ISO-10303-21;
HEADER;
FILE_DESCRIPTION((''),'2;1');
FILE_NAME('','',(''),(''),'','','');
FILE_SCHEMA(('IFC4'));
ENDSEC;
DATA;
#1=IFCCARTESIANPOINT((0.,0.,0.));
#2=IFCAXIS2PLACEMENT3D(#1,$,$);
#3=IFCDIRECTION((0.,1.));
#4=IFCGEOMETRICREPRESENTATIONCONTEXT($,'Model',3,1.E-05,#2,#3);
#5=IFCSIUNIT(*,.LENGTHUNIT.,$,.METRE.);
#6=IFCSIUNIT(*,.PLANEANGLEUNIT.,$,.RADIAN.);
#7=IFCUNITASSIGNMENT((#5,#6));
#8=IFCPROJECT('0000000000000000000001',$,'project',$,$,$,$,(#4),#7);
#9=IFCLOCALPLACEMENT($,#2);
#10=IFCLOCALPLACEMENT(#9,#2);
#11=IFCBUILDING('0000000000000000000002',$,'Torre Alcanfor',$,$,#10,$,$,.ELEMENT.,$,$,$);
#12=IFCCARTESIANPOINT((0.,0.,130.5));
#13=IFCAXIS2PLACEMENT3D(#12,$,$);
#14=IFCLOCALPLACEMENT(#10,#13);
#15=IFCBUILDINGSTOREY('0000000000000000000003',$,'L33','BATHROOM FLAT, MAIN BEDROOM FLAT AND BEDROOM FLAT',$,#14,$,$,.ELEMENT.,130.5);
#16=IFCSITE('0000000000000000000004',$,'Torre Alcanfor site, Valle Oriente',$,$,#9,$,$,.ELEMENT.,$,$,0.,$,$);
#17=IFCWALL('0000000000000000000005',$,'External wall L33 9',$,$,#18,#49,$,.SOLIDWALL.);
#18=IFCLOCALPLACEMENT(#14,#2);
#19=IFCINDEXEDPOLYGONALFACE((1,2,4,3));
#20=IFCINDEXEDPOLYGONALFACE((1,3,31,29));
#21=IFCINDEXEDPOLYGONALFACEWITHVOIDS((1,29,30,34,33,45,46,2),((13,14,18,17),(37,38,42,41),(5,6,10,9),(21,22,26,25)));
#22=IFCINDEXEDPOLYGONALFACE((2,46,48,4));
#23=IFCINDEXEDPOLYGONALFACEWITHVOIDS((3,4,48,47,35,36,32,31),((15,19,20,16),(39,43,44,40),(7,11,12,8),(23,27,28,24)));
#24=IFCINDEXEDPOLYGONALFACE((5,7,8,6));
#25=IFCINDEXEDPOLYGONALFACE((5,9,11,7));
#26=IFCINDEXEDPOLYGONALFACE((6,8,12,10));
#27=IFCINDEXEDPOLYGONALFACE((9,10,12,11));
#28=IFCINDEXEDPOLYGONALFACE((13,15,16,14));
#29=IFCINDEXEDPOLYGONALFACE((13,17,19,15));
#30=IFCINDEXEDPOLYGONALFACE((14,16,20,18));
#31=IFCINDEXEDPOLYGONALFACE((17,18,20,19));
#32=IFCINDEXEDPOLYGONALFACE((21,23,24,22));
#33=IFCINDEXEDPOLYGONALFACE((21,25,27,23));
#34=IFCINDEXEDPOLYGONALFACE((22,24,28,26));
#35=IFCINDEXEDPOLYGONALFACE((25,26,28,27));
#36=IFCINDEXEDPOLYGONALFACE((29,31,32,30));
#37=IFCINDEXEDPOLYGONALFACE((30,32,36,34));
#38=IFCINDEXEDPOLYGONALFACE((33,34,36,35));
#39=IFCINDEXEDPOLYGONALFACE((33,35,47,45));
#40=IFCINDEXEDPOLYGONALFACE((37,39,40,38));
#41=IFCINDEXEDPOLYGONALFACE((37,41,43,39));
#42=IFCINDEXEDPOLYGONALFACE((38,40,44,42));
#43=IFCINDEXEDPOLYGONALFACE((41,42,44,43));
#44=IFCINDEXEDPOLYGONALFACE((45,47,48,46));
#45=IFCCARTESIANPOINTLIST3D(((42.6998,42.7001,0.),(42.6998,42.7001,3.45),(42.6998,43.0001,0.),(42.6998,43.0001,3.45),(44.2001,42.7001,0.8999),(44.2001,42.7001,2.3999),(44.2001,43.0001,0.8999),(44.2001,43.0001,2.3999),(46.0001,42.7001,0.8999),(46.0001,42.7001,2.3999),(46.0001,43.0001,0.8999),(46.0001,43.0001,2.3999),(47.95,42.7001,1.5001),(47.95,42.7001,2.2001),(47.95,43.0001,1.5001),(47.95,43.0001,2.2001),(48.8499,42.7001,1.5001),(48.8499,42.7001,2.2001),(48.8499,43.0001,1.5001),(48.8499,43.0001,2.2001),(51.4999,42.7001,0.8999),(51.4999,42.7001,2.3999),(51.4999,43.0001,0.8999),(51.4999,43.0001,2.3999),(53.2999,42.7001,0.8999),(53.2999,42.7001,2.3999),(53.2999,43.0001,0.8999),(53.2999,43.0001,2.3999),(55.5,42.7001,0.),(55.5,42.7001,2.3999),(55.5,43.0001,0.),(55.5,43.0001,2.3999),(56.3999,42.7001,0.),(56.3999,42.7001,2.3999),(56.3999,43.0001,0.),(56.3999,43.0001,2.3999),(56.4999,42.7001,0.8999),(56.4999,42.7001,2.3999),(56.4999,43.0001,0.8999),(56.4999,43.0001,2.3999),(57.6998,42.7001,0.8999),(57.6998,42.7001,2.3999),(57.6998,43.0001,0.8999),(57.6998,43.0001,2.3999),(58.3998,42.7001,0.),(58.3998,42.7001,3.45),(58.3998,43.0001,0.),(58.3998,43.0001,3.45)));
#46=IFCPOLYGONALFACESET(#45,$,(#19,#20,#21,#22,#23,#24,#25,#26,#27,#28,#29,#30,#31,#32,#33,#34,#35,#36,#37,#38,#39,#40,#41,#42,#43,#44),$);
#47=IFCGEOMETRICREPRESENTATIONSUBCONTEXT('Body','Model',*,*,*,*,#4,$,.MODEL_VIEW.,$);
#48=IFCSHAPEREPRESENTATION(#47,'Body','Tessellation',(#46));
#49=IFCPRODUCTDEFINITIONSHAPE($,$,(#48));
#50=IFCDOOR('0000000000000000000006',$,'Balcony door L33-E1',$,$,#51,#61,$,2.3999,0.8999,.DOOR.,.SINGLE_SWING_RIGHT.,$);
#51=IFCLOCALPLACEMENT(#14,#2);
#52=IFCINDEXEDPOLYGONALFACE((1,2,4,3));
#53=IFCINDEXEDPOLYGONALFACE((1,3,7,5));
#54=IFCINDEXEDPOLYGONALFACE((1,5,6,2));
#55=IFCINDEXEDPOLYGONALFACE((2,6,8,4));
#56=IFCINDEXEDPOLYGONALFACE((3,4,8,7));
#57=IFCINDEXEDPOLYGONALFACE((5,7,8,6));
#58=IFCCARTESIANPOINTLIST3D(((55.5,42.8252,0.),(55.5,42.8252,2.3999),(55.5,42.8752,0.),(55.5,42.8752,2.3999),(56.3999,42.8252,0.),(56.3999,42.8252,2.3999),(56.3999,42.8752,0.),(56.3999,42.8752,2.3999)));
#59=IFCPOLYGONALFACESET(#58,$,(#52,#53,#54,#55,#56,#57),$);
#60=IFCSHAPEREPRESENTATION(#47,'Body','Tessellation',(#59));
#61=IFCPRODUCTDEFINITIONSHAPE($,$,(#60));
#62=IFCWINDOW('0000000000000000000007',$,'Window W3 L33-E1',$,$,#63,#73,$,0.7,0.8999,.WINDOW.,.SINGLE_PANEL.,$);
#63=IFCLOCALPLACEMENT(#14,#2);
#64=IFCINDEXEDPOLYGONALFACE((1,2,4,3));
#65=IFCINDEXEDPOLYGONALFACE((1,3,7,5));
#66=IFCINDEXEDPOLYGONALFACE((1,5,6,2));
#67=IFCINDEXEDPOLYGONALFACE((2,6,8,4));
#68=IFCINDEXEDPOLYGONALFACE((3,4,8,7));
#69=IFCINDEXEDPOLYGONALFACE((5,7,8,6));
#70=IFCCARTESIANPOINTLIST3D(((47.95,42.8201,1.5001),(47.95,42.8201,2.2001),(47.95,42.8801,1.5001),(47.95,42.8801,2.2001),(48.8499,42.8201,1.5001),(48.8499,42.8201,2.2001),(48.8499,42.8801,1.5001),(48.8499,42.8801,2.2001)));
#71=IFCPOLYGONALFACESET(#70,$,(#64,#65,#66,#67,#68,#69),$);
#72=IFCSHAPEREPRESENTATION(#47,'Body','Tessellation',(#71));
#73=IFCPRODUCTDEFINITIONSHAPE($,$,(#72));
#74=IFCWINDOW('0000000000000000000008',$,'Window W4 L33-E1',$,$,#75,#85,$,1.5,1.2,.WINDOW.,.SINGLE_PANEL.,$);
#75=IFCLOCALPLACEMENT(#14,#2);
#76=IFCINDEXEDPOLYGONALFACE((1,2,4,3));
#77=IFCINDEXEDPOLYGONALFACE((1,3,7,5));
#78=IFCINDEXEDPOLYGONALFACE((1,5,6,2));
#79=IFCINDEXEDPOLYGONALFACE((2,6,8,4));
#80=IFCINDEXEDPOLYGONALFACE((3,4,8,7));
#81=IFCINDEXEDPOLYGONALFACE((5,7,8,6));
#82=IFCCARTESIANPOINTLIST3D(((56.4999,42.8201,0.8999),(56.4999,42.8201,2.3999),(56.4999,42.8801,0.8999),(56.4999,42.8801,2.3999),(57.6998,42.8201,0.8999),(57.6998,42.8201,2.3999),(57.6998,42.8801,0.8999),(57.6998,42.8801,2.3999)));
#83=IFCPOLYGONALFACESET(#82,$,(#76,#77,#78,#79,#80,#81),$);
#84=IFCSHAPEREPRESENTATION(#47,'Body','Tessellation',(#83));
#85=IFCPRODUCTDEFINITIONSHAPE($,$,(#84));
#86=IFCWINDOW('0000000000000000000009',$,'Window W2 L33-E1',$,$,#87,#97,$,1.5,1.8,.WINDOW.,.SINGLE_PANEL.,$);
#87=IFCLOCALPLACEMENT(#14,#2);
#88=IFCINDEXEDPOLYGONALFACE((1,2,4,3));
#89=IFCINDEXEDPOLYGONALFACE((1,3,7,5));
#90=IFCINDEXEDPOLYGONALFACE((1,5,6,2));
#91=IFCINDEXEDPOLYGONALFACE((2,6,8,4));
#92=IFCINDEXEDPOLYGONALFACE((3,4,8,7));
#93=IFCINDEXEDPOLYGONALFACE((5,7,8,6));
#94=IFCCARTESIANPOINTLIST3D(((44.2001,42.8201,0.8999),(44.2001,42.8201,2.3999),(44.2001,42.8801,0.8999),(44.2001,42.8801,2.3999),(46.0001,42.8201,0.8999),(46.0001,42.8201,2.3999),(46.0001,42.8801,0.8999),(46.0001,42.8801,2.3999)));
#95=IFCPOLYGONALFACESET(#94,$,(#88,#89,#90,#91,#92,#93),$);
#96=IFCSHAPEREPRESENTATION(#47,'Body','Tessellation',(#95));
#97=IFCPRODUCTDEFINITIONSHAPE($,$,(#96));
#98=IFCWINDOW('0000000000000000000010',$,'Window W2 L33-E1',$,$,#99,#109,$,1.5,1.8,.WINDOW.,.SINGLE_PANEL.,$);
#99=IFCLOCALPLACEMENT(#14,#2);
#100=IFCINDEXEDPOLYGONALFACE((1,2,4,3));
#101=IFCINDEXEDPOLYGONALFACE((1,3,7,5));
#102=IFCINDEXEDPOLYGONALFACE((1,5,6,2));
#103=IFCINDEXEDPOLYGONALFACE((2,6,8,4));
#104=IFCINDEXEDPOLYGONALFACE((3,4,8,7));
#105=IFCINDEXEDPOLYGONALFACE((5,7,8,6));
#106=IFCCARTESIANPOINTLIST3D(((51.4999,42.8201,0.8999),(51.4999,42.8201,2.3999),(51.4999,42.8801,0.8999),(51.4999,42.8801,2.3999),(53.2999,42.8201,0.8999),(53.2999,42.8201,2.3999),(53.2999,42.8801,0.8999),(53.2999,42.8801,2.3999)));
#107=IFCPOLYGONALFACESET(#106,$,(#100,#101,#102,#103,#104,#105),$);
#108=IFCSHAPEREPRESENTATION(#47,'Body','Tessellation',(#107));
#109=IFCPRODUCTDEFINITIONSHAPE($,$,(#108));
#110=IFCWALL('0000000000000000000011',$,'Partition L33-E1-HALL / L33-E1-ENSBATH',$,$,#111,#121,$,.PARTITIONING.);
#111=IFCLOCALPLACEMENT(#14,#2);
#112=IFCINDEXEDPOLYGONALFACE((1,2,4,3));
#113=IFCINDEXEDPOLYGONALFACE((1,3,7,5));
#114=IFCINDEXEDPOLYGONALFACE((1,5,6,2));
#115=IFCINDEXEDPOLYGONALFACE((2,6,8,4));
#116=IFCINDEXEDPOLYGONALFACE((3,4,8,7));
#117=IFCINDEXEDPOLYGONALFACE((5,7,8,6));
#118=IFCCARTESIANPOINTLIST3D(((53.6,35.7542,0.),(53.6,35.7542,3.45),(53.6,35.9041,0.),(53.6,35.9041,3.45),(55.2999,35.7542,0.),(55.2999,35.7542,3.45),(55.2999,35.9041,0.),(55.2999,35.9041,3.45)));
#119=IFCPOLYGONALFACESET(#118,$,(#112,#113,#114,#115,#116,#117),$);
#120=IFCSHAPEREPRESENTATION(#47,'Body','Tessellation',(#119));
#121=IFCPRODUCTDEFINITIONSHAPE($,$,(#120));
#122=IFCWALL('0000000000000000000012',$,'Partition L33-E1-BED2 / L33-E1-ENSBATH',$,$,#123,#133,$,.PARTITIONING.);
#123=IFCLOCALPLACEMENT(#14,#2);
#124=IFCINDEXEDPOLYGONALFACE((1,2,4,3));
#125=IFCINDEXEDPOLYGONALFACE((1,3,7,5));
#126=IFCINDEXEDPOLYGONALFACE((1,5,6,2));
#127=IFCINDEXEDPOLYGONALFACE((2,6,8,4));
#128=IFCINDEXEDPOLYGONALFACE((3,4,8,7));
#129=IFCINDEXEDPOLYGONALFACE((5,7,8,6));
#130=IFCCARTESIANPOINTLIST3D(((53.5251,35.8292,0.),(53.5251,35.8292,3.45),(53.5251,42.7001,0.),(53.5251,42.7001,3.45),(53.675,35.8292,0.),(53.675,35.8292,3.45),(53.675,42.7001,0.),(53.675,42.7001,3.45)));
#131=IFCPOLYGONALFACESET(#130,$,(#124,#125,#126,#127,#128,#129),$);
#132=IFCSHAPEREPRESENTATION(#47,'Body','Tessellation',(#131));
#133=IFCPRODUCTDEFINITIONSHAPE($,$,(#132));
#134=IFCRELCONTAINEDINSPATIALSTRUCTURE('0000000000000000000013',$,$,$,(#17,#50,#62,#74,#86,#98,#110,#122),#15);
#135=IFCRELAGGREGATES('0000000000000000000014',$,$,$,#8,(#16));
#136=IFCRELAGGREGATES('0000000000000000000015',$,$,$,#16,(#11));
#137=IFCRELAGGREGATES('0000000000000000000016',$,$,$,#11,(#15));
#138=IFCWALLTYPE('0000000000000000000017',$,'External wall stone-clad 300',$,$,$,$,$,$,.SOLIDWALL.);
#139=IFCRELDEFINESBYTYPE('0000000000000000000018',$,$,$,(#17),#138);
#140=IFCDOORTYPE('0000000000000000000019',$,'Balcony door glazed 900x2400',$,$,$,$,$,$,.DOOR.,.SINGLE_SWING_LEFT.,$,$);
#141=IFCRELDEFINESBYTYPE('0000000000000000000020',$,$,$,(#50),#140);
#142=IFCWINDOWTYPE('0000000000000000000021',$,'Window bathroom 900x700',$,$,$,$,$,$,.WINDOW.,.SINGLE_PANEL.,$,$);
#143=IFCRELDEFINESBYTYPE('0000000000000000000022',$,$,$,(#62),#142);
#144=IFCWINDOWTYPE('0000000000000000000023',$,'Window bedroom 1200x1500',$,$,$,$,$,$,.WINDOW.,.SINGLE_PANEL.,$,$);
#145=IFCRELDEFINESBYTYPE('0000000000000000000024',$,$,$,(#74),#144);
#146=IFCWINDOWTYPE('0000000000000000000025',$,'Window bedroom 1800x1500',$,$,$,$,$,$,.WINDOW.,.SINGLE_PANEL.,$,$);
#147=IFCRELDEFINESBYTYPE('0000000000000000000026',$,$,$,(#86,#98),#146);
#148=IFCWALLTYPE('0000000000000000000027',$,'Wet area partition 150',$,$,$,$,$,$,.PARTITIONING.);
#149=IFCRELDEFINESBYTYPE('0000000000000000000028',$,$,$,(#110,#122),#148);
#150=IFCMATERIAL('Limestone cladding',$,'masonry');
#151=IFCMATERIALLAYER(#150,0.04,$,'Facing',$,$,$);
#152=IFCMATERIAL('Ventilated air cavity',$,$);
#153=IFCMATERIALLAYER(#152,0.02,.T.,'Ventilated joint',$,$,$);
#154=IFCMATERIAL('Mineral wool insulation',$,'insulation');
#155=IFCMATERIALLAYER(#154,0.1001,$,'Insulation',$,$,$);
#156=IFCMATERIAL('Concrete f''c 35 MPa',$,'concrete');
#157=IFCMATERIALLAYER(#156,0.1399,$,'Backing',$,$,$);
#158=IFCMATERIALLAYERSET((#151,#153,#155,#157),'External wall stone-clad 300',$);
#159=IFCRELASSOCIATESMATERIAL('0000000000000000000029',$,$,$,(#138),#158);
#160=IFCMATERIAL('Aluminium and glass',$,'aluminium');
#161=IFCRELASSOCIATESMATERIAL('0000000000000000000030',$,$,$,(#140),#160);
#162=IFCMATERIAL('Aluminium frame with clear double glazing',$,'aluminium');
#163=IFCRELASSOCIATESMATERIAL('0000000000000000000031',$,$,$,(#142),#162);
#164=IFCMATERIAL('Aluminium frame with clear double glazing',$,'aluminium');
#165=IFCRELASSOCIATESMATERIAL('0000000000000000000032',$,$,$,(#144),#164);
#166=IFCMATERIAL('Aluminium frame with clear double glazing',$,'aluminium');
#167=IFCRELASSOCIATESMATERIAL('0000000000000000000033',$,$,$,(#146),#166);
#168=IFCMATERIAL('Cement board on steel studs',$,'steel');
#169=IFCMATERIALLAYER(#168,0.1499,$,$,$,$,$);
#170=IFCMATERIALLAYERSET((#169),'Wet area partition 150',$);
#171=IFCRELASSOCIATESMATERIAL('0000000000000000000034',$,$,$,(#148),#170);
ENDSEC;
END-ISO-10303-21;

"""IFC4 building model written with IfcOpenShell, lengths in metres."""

from ifc_helpers import new_model, si_unit, direction, frame, frame_2d, origin, place, context, subcontext, project, spatial, rectangle, extrude, material, layer, layer_set, type_object, element, fill, save


model = new_model("IFC4")

# Units and contexts
model_context = context("Model", 3, precision=1e-05, world=origin(), true_north=direction((0.0, 1.0)))
body_context = subcontext(model_context, "Body", "Model", "MODEL_VIEW")
ifc_project = project(units=[si_unit("LENGTHUNIT", "METRE"), si_unit("PLANEANGLEUNIT", "RADIAN")], contexts=[model_context])

# Site, building, storey
site_placement = place(None, origin())
site = spatial("IfcSite", under=ifc_project, at=site_placement, Name="Torre Alcanfor site, Valle Oriente", CompositionType="ELEMENT", RefElevation=0.0)
building_placement = place(site_placement, origin())
building = spatial("IfcBuilding", under=site, at=building_placement, Name="Torre Alcanfor", CompositionType="ELEMENT")
storey_placement = place(building_placement, frame((0.0, 0.0, 130.5)))
storey = spatial("IfcBuildingStorey", under=building, at=storey_placement, Name="L33", Description="BATHROOM FLAT, MAIN BEDROOM FLAT AND BEDROOM FLAT", CompositionType="ELEMENT", Elevation=130.5)

# Wall, openings, door, windows
ifc_material_1 = material(Name="Limestone cladding", Category="masonry")
ifc_layer_1 = layer(ifc_material_1, 0.04, Name="Facing")
ifc_material_2 = material(Name="Ventilated air cavity")
ifc_layer_2 = layer(ifc_material_2, 0.02, ventilated=True, Name="Ventilated joint")
ifc_material_3 = material(Name="Mineral wool insulation", Category="insulation")
ifc_layer_3 = layer(ifc_material_3, 0.1001, Name="Insulation")
ifc_material_4 = material(Name="Concrete f'c 35 MPa", Category="concrete")
ifc_layer_4 = layer(ifc_material_4, 0.1399, Name="Backing")
ifc_layer_set_1 = layer_set([ifc_layer_1, ifc_layer_2, ifc_layer_3, ifc_layer_4], Name="External wall stone-clad 300")
wall_type_1 = type_object("IfcWallType", Name="External wall stone-clad 300", PredefinedType="SOLIDWALL", material=ifc_layer_set_1)
wall_1_placement = place(storey_placement, frame((58.3999, 42.8501, 0.0), z_axis=(0.0, 0.0, 1.0), x_axis=(-1.0, 0.0, 0.0)))
wall_1 = element("IfcWall", 1, at=wall_1_placement, inside=storey, type_object=wall_type_1, Name="External wall L33 9", PredefinedType="SOLIDWALL", context=body_context, shape_type="SweptSolid", body=[
    extrude(rectangle(XDim=15.7, YDim=0.3, at=frame_2d((7.8501, 0.0))), origin(), (0.0, 0.0, 1.0), 3.45),
])
opening_1_placement = place(wall_1_placement, frame((12.3999, 0.0, 0.8999)))
opening_1 = element("IfcOpeningElement", 2, at=opening_1_placement, cuts=wall_1, PredefinedType="OPENING", context=body_context, shape_type="SweptSolid", body=[
    extrude(rectangle(XDim=1.8, YDim=1.5, at=frame_2d((0.8999, 0.75))), frame((0.0, 0.1599, 0.0), z_axis=(0.0, -1.0, 0.0), x_axis=(1.0, 0.0, 0.0)), (0.0, 0.0, 1.0), 0.3201),
])
opening_2_placement = place(wall_1_placement, frame((9.55, 0.0, 1.5)))
opening_2 = element("IfcOpeningElement", 3, at=opening_2_placement, cuts=wall_1, PredefinedType="OPENING", context=body_context, shape_type="SweptSolid", body=[
    extrude(rectangle(XDim=0.8999, YDim=0.7, at=frame_2d((0.45, 0.3501))), frame((0.0, 0.1599, 0.0), z_axis=(0.0, -1.0, 0.0), x_axis=(1.0, 0.0, 0.0)), (0.0, 0.0, 1.0), 0.3201),
])
opening_3_placement = place(wall_1_placement, frame((5.1001, 0.0, 0.8999)))
opening_3 = element("IfcOpeningElement", 4, at=opening_3_placement, cuts=wall_1, PredefinedType="OPENING", context=body_context, shape_type="SweptSolid", body=[
    extrude(rectangle(XDim=1.8, YDim=1.5, at=frame_2d((0.8999, 0.75))), frame((0.0, 0.1599, 0.0), z_axis=(0.0, -1.0, 0.0), x_axis=(1.0, 0.0, 0.0)), (0.0, 0.0, 1.0), 0.3201),
])
opening_4_placement = place(wall_1_placement, frame((2.0, 0.0, 0.0)))
opening_4 = element("IfcOpeningElement", 5, at=opening_4_placement, cuts=wall_1, PredefinedType="OPENING", context=body_context, shape_type="SweptSolid", body=[
    extrude(rectangle(XDim=0.8999, YDim=2.3999, at=frame_2d((0.45, 1.2))), frame((0.0, 0.1599, 0.0), z_axis=(0.0, -1.0, 0.0), x_axis=(1.0, 0.0, 0.0)), (0.0, 0.0, 1.0), 0.3201),
])
opening_5_placement = place(wall_1_placement, frame((0.7, 0.0, 0.8999)))
opening_5 = element("IfcOpeningElement", 6, at=opening_5_placement, cuts=wall_1, PredefinedType="OPENING", context=body_context, shape_type="SweptSolid", body=[
    extrude(rectangle(XDim=1.2, YDim=1.5, at=frame_2d((0.6001, 0.75))), frame((0.0, 0.1599, 0.0), z_axis=(0.0, -1.0, 0.0), x_axis=(1.0, 0.0, 0.0)), (0.0, 0.0, 1.0), 0.3201),
])
ifc_material_5 = material(Name="Aluminium and glass", Category="aluminium")
door_type_1 = type_object("IfcDoorType", Name="Balcony door glazed 900x2400", OperationType="SINGLE_SWING_LEFT", PredefinedType="DOOR", material=ifc_material_5)
door_1_placement = place(opening_4_placement, origin())
door_1 = element("IfcDoor", 7, at=door_1_placement, inside=storey, type_object=door_type_1, Name="Balcony door L33-E1", OperationType="SINGLE_SWING_RIGHT", OverallHeight=2.3999, OverallWidth=0.8999, PredefinedType="DOOR", context=body_context, shape_type="SweptSolid", body=[
    extrude(rectangle(XDim=0.8999, YDim=2.3999, at=frame_2d((0.45, 1.2))), frame((0.0, 0.0249, 0.0), z_axis=(0.0, -1.0, 0.0), x_axis=(1.0, 0.0, 0.0)), (0.0, 0.0, 1.0), 0.05),
])
fill(opening_4, door_1)
ifc_material_6 = material(Name="Aluminium frame with clear double glazing", Category="aluminium")
window_type_1 = type_object("IfcWindowType", Name="Window bathroom 900x700", PartitioningType="SINGLE_PANEL", PredefinedType="WINDOW", material=ifc_material_6)
window_1_placement = place(opening_2_placement, origin())
window_1 = element("IfcWindow", 8, at=window_1_placement, inside=storey, type_object=window_type_1, Name="Window W3 L33-E1", OverallHeight=0.7, OverallWidth=0.8999, PartitioningType="SINGLE_PANEL", PredefinedType="WINDOW", context=body_context, shape_type="SweptSolid", body=[
    extrude(rectangle(XDim=0.8999, YDim=0.7, at=frame_2d((0.45, 0.3501))), frame((0.0, 0.03, 0.0), z_axis=(0.0, -1.0, 0.0), x_axis=(1.0, 0.0, 0.0)), (0.0, 0.0, 1.0), 0.0601),
])
fill(opening_2, window_1)
ifc_material_7 = material(Name="Aluminium frame with clear double glazing", Category="aluminium")
window_type_2 = type_object("IfcWindowType", Name="Window bedroom 1200x1500", PartitioningType="SINGLE_PANEL", PredefinedType="WINDOW", material=ifc_material_7)
window_2_placement = place(opening_5_placement, origin())
window_2 = element("IfcWindow", 9, at=window_2_placement, inside=storey, type_object=window_type_2, Name="Window W4 L33-E1", OverallHeight=1.5, OverallWidth=1.2, PartitioningType="SINGLE_PANEL", PredefinedType="WINDOW", context=body_context, shape_type="SweptSolid", body=[
    extrude(rectangle(XDim=1.2, YDim=1.5, at=frame_2d((0.6001, 0.75))), frame((0.0, 0.03, 0.0), z_axis=(0.0, -1.0, 0.0), x_axis=(1.0, 0.0, 0.0)), (0.0, 0.0, 1.0), 0.0601),
])
fill(opening_5, window_2)
ifc_material_8 = material(Name="Aluminium frame with clear double glazing", Category="aluminium")
window_type_3 = type_object("IfcWindowType", Name="Window bedroom 1800x1500", PartitioningType="SINGLE_PANEL", PredefinedType="WINDOW", material=ifc_material_8)
window_3_placement = place(opening_1_placement, origin())
window_3 = element("IfcWindow", 10, at=window_3_placement, inside=storey, type_object=window_type_3, Name="Window W2 L33-E1", OverallHeight=1.5, OverallWidth=1.8, PartitioningType="SINGLE_PANEL", PredefinedType="WINDOW", context=body_context, shape_type="SweptSolid", body=[
    extrude(rectangle(XDim=1.8, YDim=1.5, at=frame_2d((0.8999, 0.75))), frame((0.0, 0.03, 0.0), z_axis=(0.0, -1.0, 0.0), x_axis=(1.0, 0.0, 0.0)), (0.0, 0.0, 1.0), 0.0601),
])
fill(opening_1, window_3)
window_4_placement = place(opening_3_placement, origin())
window_4 = element("IfcWindow", 11, at=window_4_placement, inside=storey, type_object=window_type_3, Name="Window W2 L33-E1", OverallHeight=1.5, OverallWidth=1.8, PartitioningType="SINGLE_PANEL", PredefinedType="WINDOW", context=body_context, shape_type="SweptSolid", body=[
    extrude(rectangle(XDim=1.8, YDim=1.5, at=frame_2d((0.8999, 0.75))), frame((0.0, 0.03, 0.0), z_axis=(0.0, -1.0, 0.0), x_axis=(1.0, 0.0, 0.0)), (0.0, 0.0, 1.0), 0.0601),
])
fill(opening_3, window_4)

# Walls
ifc_material_9 = material(Name="Cement board on steel studs", Category="steel")
ifc_layer_5 = layer(ifc_material_9, 0.1499)
ifc_layer_set_2 = layer_set([ifc_layer_5], Name="Wet area partition 150")
wall_type_2 = type_object("IfcWallType", Name="Wet area partition 150", PredefinedType="PARTITIONING", material=ifc_layer_set_2)
wall_2_placement = place(storey_placement, frame((55.3, 35.8291, 0.0), z_axis=(0.0, 0.0, 1.0), x_axis=(-1.0, 0.0, 0.0)))
element("IfcWall", 12, at=wall_2_placement, inside=storey, type_object=wall_type_2, Name="Partition L33-E1-HALL / L33-E1-ENSBATH", PredefinedType="PARTITIONING", context=body_context, shape_type="SweptSolid", body=[
    extrude(rectangle(XDim=1.7, YDim=0.1499, at=frame_2d((0.8501, 0.0))), origin(), (0.0, 0.0, 1.0), 3.45),
])
wall_3_placement = place(storey_placement, frame((53.6001, 35.8291, 0.0), z_axis=(0.0, 0.0, 1.0), x_axis=(0.0, 1.0, 0.0)))
element("IfcWall", 13, at=wall_3_placement, inside=storey, type_object=wall_type_2, Name="Partition L33-E1-BED2 / L33-E1-ENSBATH", PredefinedType="PARTITIONING", context=body_context, shape_type="SweptSolid", body=[
    extrude(rectangle(XDim=6.8708, YDim=0.1499, at=frame_2d((3.4355, 0.0))), origin(), (0.0, 0.0, 1.0), 3.45),
])

save(model, "model.ifc")
